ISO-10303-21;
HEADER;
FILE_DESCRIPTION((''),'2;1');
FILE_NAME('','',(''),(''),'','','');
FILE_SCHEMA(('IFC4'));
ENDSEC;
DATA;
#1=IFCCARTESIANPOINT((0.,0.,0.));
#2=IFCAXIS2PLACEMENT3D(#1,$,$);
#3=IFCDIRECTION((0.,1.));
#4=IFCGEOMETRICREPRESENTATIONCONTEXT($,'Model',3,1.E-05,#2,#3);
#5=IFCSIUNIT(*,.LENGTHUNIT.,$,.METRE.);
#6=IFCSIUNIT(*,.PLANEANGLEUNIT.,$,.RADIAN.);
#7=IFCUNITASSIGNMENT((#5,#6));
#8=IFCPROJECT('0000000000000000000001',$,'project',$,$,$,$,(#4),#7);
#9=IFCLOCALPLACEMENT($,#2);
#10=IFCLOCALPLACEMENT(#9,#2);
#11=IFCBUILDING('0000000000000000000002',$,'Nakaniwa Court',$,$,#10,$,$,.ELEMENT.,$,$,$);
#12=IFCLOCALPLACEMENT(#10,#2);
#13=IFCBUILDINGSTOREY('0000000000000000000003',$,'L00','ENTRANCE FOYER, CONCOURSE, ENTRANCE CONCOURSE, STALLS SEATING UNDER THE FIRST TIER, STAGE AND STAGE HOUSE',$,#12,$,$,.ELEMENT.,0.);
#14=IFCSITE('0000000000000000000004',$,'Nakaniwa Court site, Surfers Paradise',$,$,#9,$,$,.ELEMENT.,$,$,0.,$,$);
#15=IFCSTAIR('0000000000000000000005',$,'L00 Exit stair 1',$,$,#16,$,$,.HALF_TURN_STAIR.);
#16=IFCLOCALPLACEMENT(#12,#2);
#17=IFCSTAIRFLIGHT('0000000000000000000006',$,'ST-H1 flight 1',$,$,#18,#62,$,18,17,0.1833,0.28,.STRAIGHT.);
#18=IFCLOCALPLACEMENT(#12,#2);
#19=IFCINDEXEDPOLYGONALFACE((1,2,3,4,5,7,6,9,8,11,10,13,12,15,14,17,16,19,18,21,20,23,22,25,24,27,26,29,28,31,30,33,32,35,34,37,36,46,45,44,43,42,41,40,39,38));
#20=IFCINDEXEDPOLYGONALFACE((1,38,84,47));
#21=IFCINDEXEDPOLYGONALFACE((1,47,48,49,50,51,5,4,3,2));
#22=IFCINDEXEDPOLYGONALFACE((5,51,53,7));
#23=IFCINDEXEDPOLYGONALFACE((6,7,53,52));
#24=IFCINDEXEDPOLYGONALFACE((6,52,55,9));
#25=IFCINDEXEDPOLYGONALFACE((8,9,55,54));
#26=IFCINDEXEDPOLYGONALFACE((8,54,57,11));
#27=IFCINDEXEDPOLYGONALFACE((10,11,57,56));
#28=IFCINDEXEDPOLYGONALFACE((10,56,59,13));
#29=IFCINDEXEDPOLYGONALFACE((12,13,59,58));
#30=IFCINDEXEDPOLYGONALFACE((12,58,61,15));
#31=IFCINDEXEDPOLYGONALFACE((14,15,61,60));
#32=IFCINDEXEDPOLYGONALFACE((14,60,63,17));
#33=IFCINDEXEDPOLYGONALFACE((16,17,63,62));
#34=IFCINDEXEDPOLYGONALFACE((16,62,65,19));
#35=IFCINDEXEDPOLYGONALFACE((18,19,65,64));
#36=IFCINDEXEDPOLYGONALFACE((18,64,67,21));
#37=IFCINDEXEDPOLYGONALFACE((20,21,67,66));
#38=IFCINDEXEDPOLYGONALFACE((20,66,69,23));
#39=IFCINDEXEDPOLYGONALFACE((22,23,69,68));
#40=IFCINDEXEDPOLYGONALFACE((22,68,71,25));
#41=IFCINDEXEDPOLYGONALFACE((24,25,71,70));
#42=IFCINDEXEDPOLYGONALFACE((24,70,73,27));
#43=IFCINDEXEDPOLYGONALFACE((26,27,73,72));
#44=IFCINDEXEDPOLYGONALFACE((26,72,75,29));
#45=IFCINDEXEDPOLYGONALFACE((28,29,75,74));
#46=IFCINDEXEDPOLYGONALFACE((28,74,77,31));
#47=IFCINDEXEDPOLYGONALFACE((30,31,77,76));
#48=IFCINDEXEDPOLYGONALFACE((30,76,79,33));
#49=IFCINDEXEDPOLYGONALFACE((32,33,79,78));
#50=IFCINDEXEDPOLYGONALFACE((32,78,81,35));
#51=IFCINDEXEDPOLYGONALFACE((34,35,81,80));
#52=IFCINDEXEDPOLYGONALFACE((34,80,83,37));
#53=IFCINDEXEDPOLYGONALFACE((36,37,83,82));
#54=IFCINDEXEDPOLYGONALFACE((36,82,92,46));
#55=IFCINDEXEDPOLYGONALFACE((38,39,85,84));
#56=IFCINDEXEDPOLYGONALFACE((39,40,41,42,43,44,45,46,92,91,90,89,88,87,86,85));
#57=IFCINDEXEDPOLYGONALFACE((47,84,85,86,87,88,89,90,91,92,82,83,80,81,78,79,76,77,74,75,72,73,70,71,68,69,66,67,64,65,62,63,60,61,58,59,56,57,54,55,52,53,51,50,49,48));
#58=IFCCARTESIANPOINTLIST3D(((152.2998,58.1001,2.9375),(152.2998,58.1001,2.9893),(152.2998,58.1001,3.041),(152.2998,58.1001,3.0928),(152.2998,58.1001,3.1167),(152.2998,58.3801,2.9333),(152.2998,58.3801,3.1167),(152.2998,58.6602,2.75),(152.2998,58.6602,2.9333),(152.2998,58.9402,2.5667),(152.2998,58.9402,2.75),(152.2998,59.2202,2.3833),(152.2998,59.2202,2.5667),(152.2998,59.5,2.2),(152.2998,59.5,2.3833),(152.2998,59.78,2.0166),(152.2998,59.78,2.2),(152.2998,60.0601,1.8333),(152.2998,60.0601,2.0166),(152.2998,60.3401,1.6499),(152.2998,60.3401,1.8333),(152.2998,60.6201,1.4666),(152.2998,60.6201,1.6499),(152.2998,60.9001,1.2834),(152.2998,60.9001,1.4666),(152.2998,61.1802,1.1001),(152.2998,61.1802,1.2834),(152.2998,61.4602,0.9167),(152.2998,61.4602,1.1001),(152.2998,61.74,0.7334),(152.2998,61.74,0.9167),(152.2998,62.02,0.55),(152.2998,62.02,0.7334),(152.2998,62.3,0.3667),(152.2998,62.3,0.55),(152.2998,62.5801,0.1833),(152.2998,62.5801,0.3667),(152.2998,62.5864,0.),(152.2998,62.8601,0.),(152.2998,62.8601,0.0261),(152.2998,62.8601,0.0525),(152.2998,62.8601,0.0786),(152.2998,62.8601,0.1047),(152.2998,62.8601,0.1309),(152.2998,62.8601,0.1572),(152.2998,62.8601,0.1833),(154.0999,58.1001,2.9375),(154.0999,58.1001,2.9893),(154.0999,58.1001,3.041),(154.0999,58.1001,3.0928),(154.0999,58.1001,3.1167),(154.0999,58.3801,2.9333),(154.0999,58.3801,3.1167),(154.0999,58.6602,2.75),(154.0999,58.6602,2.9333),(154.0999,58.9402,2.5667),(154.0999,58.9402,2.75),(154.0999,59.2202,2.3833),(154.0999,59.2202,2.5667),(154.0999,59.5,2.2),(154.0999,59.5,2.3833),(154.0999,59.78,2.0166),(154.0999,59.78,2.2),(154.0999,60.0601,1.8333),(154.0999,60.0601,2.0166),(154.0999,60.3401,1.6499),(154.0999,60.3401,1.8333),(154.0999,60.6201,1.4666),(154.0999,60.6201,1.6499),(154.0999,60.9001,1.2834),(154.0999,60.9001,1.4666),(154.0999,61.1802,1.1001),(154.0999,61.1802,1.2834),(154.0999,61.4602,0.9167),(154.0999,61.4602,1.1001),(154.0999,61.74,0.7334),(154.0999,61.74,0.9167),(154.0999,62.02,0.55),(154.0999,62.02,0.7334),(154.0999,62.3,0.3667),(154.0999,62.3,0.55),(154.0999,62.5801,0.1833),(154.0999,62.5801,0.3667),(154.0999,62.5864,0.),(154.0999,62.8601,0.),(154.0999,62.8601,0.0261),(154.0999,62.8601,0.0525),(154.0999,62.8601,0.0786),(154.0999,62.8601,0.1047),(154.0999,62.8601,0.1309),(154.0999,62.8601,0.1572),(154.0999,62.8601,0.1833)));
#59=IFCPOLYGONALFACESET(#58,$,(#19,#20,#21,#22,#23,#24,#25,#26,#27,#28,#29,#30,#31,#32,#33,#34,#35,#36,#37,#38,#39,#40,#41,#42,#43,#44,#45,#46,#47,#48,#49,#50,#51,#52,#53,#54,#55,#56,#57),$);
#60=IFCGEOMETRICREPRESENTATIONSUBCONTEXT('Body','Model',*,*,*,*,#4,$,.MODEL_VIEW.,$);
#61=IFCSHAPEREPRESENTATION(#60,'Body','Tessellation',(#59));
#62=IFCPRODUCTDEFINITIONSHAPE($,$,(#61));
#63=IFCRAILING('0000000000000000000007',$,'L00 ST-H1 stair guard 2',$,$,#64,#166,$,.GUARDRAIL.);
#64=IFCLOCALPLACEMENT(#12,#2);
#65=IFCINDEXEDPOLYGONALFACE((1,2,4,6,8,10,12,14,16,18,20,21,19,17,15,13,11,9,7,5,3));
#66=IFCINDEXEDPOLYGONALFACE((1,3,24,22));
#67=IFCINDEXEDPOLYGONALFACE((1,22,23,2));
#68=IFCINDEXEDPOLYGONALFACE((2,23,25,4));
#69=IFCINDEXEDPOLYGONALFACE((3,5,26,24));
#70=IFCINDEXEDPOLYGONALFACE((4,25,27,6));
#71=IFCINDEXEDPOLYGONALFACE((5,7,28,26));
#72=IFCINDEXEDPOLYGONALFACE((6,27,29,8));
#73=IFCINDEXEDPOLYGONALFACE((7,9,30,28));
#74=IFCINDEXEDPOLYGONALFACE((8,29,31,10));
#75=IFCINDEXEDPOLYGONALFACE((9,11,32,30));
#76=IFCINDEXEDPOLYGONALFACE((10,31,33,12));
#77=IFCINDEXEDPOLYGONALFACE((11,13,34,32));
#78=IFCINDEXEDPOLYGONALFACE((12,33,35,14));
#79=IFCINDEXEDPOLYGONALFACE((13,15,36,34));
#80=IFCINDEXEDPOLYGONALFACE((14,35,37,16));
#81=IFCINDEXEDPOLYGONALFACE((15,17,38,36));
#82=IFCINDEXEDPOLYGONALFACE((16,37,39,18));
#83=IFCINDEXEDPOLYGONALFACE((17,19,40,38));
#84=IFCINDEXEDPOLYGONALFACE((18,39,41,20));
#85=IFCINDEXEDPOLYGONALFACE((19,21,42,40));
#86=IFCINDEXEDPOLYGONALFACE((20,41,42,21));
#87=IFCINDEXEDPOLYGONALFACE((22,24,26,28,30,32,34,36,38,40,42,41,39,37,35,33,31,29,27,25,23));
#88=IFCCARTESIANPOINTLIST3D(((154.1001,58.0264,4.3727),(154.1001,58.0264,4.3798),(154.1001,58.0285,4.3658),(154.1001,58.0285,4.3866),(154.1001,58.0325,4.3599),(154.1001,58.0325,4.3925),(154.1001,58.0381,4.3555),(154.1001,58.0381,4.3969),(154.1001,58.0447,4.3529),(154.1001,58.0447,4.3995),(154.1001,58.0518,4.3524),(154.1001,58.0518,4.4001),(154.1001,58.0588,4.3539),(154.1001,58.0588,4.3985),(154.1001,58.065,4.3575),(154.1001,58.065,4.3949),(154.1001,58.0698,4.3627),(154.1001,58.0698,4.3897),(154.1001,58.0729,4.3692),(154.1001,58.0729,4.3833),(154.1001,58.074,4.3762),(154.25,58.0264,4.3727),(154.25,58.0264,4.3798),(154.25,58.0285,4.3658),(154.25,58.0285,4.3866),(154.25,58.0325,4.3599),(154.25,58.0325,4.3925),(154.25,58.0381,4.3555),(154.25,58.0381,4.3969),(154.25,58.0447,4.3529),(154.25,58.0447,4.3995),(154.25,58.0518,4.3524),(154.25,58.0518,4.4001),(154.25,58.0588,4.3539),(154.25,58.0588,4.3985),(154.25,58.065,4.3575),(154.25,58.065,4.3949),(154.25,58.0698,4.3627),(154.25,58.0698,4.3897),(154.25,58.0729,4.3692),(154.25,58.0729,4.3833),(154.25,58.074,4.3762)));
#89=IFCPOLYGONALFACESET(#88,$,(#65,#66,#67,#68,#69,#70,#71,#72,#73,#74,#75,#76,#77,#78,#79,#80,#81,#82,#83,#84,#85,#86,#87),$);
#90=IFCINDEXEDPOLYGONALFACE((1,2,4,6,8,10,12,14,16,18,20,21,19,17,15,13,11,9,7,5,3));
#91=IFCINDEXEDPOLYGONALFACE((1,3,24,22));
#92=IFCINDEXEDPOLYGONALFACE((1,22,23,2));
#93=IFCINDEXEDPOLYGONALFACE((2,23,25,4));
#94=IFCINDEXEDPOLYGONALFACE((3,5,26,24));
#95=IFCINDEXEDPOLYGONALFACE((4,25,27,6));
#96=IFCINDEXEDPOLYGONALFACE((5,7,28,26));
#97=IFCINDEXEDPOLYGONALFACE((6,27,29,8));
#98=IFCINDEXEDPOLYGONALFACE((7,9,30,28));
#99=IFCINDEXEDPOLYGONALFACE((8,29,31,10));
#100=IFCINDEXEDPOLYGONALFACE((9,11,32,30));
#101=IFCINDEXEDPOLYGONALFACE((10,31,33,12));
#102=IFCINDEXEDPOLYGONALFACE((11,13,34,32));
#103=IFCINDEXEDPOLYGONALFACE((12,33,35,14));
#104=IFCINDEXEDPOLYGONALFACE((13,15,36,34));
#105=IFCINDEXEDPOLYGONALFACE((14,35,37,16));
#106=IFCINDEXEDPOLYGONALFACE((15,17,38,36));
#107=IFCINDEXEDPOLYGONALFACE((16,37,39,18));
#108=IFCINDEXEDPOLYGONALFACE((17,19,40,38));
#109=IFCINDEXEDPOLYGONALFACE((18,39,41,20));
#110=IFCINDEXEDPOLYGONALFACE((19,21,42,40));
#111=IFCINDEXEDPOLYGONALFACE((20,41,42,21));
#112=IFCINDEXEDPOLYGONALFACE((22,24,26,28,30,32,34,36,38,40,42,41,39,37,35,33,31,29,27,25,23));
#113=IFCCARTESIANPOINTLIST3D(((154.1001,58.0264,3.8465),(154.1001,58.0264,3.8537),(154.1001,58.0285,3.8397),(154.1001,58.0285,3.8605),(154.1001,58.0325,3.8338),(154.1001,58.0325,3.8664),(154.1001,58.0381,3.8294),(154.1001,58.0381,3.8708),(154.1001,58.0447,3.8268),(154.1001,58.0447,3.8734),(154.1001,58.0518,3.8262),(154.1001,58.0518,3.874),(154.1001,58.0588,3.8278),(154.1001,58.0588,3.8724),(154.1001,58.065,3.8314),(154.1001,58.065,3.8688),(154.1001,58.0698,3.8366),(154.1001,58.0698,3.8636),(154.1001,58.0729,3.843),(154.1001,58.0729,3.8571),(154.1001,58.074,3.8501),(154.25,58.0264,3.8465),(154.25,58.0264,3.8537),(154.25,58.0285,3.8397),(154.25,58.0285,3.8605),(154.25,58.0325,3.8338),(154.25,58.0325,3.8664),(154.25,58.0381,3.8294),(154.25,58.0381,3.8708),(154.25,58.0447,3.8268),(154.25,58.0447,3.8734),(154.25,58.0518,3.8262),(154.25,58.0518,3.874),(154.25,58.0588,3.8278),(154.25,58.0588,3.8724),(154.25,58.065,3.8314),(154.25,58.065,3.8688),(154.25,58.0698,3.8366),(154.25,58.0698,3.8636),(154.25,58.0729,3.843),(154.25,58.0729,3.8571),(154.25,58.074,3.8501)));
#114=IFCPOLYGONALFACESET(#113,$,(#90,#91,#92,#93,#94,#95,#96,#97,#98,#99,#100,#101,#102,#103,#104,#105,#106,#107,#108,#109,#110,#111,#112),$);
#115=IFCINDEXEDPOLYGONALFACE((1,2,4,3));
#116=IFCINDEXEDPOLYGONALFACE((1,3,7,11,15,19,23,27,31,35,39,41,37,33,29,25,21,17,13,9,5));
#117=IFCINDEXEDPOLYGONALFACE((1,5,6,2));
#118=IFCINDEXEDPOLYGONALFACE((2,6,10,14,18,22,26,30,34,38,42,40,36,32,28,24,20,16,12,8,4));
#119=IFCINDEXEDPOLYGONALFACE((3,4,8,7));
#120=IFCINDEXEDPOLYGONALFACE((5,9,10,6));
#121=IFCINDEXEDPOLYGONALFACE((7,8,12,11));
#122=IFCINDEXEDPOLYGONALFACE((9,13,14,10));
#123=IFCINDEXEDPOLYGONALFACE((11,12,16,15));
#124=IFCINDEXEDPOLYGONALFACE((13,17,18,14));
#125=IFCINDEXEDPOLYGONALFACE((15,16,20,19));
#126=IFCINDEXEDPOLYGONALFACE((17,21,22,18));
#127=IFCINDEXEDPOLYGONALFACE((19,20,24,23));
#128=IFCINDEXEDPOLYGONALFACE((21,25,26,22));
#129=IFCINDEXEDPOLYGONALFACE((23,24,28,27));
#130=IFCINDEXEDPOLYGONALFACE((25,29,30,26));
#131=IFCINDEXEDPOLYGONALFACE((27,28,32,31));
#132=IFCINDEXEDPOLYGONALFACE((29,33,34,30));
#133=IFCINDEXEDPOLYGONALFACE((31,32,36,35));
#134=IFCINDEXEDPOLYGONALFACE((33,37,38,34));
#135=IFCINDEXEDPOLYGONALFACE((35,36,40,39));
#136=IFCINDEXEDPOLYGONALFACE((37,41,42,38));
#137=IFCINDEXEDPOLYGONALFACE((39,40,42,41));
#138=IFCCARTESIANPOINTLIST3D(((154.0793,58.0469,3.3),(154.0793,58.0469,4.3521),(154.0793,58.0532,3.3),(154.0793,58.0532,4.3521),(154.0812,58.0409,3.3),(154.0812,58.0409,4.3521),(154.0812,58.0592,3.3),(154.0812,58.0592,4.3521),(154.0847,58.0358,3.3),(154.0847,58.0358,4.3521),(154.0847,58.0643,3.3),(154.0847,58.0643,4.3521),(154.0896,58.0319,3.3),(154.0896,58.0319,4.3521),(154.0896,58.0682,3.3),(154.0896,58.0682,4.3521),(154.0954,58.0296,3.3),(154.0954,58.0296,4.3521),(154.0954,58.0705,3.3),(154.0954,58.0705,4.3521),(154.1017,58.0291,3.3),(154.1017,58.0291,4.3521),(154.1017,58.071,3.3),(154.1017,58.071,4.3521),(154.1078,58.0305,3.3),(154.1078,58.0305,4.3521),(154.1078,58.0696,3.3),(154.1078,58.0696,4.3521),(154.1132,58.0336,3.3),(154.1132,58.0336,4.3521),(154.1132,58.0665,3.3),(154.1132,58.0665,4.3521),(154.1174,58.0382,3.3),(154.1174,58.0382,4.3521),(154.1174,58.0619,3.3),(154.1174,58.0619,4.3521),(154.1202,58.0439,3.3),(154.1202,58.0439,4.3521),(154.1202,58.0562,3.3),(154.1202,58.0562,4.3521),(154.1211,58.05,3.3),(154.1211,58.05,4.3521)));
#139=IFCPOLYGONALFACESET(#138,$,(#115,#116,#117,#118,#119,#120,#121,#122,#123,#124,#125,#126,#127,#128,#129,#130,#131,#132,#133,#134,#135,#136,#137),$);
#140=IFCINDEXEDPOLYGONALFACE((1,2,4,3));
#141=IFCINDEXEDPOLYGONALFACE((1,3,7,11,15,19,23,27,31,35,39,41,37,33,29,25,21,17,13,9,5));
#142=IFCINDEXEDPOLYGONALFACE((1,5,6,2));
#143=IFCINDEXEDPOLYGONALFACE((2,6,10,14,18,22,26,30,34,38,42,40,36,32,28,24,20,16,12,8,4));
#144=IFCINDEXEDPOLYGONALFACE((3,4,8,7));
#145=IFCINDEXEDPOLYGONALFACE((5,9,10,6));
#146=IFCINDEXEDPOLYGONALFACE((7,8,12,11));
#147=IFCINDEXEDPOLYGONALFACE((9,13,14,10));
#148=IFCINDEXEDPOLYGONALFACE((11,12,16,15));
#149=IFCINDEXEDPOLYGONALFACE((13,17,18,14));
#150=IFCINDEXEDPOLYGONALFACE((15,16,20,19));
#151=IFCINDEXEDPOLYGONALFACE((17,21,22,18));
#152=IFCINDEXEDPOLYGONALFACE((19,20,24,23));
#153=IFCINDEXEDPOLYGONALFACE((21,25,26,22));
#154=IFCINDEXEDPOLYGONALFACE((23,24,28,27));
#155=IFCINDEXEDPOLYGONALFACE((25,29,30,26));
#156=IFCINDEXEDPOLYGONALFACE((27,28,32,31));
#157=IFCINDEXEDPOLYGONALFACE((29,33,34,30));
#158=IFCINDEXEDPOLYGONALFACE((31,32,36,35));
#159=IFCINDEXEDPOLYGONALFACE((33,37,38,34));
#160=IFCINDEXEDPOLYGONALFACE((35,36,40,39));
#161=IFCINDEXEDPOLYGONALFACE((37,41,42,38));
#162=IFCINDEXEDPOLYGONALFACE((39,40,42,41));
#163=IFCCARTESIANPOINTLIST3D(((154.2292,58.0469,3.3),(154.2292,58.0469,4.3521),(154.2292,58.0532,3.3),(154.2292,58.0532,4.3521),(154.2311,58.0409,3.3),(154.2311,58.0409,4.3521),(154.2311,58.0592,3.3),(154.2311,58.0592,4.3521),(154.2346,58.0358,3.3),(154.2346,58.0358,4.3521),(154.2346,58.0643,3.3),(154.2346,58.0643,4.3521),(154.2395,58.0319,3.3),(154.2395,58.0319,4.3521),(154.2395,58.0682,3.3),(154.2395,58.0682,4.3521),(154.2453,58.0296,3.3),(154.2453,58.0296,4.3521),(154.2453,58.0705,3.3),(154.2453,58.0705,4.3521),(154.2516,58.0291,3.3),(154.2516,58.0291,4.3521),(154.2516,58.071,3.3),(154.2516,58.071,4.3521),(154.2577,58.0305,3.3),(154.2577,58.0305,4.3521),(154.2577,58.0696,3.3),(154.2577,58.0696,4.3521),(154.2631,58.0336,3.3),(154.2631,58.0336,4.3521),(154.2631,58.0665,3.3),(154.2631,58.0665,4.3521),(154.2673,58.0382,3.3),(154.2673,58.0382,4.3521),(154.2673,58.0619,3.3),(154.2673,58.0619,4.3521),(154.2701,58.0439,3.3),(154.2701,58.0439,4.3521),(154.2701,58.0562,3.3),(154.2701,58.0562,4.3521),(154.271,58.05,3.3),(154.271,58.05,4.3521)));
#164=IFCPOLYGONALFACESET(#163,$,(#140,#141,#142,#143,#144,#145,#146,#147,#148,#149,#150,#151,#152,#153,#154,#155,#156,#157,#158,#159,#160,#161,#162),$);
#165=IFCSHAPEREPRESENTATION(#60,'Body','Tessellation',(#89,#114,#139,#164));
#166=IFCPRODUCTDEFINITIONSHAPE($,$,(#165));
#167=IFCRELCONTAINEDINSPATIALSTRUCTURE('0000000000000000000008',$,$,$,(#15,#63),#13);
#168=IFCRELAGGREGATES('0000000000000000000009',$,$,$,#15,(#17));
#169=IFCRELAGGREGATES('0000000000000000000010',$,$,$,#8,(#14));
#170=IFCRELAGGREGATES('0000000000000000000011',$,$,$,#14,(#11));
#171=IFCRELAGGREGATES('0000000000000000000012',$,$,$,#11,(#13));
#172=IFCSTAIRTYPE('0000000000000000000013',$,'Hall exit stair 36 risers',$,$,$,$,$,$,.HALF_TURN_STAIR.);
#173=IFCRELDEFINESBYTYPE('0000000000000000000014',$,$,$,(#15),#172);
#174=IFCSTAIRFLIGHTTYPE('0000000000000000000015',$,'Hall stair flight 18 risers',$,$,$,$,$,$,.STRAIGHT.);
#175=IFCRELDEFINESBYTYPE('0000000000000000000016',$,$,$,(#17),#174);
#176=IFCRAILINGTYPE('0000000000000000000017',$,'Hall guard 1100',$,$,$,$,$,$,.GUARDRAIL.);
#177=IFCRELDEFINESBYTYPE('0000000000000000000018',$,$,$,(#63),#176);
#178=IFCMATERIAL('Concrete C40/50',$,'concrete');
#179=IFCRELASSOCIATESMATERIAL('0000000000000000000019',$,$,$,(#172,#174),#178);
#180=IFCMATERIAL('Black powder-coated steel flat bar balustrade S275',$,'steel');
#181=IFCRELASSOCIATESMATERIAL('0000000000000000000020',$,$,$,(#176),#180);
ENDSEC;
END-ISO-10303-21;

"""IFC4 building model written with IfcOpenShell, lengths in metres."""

from ifc_helpers import new_model, si_unit, direction, frame, origin, origin_2d, place, context, subcontext, project, spatial, polyline, circle, outline, extrude, material, type_object, element, aggregate, save


model = new_model("IFC4")

# Units and contexts
model_context = context("Model", 3, precision=1e-05, world=origin(), true_north=direction((0.0, 1.0)))
body_context = subcontext(model_context, "Body", "Model", "MODEL_VIEW")
ifc_project = project(units=[si_unit("LENGTHUNIT", "METRE"), si_unit("PLANEANGLEUNIT", "RADIAN")], contexts=[model_context])

# Site, building, storey
site_placement = place(None, origin())
site = spatial("IfcSite", under=ifc_project, at=site_placement, Name="Nakaniwa Court site, Surfers Paradise", CompositionType="ELEMENT", RefElevation=0.0)
building_placement = place(site_placement, origin())
building = spatial("IfcBuilding", under=site, at=building_placement, Name="Nakaniwa Court", CompositionType="ELEMENT")
storey_placement = place(building_placement, origin())
storey = spatial("IfcBuildingStorey", under=building, at=storey_placement, Name="L00", Description="ENTRANCE FOYER, CONCOURSE, ENTRANCE CONCOURSE, STALLS SEATING UNDER THE FIRST TIER, STAGE AND STAGE HOUSE", CompositionType="ELEMENT", Elevation=0.0)

# Shared definitions
ifc_material_1 = material(Name="Concrete C40/50", Category="concrete")

# Stair, stair flight
stair_type = type_object("IfcStairType", Name="Hall exit stair 36 risers", PredefinedType="HALF_TURN_STAIR", material=ifc_material_1)
stair_placement = place(storey_placement, origin())
stair = element("IfcStair", 1, at=stair_placement, inside=storey, type_object=stair_type, Name="L00 Exit stair 1", PredefinedType="HALF_TURN_STAIR")
stair_flight_type = type_object("IfcStairFlightType", Name="Hall stair flight 18 risers", PredefinedType="STRAIGHT", material=ifc_material_1)
stair_flight_placement = place(storey_placement, frame((153.2, 62.8601, 0.0), z_axis=(0.0, 0.0, 1.0), x_axis=(0.0, -1.0, 0.0)))
stair_flight = element("IfcStairFlight", 2, at=stair_flight_placement, type_object=stair_flight_type, Name="ST-H1 flight 1", NumberOfRisers=18, NumberOfTreads=17, PredefinedType="STRAIGHT", RiserHeight=0.1833, TreadLength=0.28, context=body_context, shape_type="SweptSolid", body=[
    extrude(outline(polyline([(0.0, 0.0), (0.0, 0.0261), (0.0, 0.0525), (0.0, 0.0786), (0.0, 0.1047), (0.0, 0.1309), (0.0, 0.1572), (0.0, 0.1833), (0.28, 0.1833), (0.28, 0.3667), (0.5601, 0.3667), (0.5601, 0.55), (0.8401, 0.55), (0.8401, 0.7334), (1.1201, 0.7334), (1.1201, 0.9167), (1.3999, 0.9167), (1.3999, 1.1001), (1.6799, 1.1001), (1.6799, 1.2834), (1.96, 1.2834), (1.96, 1.4666), (2.24, 1.4666), (2.24, 1.6499), (2.52, 1.6499), (2.52, 1.8333), (2.8, 1.8333), (2.8, 2.0166), (3.0801, 2.0166), (3.0801, 2.2), (3.3601, 2.2), (3.3601, 2.3833), (3.6399, 2.3833), (3.6399, 2.5667), (3.9199, 2.5667), (3.9199, 2.75), (4.2, 2.75), (4.2, 2.9333), (4.48, 2.9333), (4.48, 3.1167), (4.76, 3.1167), (4.76, 3.3), (4.76, 3.2483), (4.76, 3.1965), (4.76, 3.1445), (4.76, 3.0928), (4.76, 3.041), (4.76, 2.9893), (4.76, 2.9375), (0.2737, 0.0), (0.0, 0.0)])), frame((0.0, 0.8999, 0.0), z_axis=(0.0, -1.0, 0.0), x_axis=(1.0, 0.0, 0.0)), (0.0, 0.0, 1.0), 1.8),
])
aggregate(stair, [stair_flight])

# Railing
ifc_material_2 = material(Name="Black powder-coated steel flat bar balustrade S275", Category="steel")
railing_type_1 = type_object("IfcRailingType", Name="Hall guard 1100", PredefinedType="GUARDRAIL", material=ifc_material_2)
railing_1_placement = place(storey_placement, frame((154.1001, 58.05, 3.3)))
element("IfcRailing", 3, at=railing_1_placement, inside=storey, type_object=railing_type_1, Name="L00 ST-H1 stair guard 2", PredefinedType="GUARDRAIL", context=body_context, shape_type="SweptSolid", body=[
    extrude(circle(Radius=0.0239, at=origin_2d()), frame((0.0, 0.0, 1.0762), z_axis=(1.0, 0.0, 0.0), x_axis=(0.0, 1.0, 0.0)), (0.0, 0.0, 1.0), 0.1499),
    extrude(circle(Radius=0.0239, at=origin_2d()), frame((0.0, 0.0, 0.55), z_axis=(1.0, 0.0, 0.0), x_axis=(0.0, 1.0, 0.0)), (0.0, 0.0, 1.0), 0.1499),
    extrude(circle(Radius=0.021, at=origin_2d()), origin(), (0.0, 0.0, 1.0), 1.052),
    extrude(circle(Radius=0.021, at=origin_2d()), frame((0.1499, 0.0, 0.0)), (0.0, 0.0, 1.0), 1.052),
])

save(model, "model.ifc")
